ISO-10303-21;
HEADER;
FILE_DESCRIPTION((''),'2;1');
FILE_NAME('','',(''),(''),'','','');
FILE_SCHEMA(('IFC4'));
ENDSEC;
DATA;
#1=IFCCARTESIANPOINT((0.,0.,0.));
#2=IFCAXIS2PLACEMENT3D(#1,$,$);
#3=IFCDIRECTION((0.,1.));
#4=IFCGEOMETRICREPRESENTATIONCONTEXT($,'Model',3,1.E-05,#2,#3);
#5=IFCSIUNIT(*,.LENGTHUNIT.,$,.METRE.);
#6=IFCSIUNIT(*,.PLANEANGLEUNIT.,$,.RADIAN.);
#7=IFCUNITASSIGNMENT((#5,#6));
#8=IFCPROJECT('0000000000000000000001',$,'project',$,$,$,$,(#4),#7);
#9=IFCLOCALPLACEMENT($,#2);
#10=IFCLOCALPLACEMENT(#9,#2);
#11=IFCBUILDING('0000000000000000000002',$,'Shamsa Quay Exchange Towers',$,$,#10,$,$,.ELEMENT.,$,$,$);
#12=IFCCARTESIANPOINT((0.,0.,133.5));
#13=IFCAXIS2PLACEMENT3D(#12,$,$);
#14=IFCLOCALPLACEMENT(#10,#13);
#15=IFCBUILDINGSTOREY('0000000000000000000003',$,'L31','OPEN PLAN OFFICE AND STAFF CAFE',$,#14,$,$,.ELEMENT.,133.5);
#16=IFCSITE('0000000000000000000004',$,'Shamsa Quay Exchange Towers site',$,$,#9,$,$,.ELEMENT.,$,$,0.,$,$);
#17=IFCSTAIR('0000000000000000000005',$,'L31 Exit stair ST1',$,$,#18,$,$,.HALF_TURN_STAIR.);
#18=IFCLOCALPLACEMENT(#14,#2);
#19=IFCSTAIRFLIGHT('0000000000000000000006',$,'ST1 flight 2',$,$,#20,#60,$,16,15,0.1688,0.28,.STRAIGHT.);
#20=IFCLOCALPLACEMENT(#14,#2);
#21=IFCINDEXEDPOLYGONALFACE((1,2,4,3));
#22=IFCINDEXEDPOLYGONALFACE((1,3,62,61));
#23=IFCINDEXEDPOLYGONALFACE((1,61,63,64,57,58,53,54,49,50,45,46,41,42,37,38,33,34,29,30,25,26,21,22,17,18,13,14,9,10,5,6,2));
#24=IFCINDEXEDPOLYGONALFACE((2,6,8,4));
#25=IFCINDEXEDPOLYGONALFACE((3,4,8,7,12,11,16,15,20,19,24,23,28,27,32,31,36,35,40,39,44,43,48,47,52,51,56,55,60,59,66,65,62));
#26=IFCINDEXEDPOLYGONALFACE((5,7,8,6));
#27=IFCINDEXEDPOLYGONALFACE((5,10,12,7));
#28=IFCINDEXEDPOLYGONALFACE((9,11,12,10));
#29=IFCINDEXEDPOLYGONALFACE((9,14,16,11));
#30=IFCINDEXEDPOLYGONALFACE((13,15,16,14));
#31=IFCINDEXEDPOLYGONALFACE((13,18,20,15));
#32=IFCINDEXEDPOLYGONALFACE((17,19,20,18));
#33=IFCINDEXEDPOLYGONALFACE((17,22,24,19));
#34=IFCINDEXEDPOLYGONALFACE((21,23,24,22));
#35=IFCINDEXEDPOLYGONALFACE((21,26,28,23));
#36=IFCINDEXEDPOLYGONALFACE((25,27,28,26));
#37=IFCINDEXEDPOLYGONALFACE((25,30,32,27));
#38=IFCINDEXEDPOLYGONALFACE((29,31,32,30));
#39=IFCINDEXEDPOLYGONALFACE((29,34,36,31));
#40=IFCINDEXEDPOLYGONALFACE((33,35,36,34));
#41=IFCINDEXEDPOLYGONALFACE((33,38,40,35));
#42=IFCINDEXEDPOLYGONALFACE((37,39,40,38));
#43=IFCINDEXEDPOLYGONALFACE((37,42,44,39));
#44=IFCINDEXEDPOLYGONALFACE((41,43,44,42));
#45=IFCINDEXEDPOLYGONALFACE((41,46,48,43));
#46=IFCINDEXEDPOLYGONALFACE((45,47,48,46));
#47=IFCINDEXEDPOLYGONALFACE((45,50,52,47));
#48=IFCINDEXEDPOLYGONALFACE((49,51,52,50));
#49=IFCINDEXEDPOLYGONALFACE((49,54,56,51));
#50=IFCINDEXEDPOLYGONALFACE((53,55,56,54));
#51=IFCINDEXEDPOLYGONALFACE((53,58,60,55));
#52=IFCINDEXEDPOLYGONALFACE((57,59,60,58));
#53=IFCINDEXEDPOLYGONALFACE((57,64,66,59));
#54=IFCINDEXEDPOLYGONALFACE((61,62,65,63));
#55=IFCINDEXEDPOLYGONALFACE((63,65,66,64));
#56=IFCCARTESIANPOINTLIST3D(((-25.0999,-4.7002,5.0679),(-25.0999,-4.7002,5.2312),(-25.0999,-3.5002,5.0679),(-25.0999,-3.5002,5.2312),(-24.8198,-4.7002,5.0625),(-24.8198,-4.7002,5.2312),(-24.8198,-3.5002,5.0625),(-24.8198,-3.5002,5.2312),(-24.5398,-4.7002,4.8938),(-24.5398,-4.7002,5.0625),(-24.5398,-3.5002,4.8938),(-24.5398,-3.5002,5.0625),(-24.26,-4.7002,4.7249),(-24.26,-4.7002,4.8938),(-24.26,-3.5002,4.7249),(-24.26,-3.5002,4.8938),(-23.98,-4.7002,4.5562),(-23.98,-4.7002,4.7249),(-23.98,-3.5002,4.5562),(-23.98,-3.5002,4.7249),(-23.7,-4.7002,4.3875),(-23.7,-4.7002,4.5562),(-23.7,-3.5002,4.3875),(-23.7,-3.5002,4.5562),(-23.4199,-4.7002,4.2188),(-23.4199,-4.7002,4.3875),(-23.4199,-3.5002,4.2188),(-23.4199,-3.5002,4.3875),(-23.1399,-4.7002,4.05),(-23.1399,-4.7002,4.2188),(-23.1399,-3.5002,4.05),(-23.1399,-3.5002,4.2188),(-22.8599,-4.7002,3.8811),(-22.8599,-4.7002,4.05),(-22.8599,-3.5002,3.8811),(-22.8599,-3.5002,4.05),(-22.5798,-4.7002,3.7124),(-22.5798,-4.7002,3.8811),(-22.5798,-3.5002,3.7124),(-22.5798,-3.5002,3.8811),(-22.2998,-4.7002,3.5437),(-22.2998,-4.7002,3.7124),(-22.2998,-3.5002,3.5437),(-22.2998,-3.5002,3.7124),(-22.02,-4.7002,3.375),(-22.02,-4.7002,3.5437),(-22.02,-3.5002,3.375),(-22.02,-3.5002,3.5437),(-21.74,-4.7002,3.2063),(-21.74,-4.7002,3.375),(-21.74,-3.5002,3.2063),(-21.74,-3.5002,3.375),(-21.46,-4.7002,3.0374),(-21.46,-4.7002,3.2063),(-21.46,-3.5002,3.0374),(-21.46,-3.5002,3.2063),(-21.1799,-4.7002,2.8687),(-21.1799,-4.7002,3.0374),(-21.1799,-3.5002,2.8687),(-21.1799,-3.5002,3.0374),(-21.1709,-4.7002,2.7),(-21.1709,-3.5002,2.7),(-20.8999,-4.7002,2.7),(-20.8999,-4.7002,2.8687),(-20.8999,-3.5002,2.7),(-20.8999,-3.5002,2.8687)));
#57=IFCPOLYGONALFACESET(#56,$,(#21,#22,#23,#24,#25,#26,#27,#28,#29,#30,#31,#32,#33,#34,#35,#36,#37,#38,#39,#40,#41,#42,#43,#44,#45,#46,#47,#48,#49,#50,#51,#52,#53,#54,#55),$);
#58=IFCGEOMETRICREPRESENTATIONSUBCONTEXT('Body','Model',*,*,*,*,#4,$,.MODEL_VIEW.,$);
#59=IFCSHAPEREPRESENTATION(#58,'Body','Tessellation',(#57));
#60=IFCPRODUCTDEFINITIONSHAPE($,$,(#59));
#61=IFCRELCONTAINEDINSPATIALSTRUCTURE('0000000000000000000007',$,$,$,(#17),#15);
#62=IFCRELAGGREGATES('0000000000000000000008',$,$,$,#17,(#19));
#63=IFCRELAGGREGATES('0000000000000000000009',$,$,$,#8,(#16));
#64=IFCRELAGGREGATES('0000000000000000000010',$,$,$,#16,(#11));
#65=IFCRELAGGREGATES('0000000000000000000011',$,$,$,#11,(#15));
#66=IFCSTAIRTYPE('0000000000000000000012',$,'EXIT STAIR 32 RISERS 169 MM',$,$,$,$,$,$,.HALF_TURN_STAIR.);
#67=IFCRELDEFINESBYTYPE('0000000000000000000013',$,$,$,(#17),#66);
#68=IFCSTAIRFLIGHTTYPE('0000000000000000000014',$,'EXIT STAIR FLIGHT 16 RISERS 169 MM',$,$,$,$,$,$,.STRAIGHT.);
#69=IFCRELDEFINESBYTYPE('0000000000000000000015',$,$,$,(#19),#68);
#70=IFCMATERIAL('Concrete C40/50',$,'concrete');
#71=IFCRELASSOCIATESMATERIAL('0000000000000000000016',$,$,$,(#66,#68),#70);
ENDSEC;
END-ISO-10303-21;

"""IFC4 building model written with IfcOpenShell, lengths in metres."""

from ifc_helpers import new_model, si_unit, direction, frame, origin, place, context, subcontext, project, spatial, polyline, outline, extrude, material, type_object, element, aggregate, save


model = new_model("IFC4")

# Units and contexts
model_context = context("Model", 3, precision=1e-05, world=origin(), true_north=direction((0.0, 1.0)))
body_context = subcontext(model_context, "Body", "Model", "MODEL_VIEW")
ifc_project = project(units=[si_unit("LENGTHUNIT", "METRE"), si_unit("PLANEANGLEUNIT", "RADIAN")], contexts=[model_context])

# Site, building, storey
site_placement = place(None, origin())
site = spatial("IfcSite", under=ifc_project, at=site_placement, Name="Shamsa Quay Exchange Towers site", CompositionType="ELEMENT", RefElevation=0.0)
building_placement = place(site_placement, origin())
building = spatial("IfcBuilding", under=site, at=building_placement, Name="Shamsa Quay Exchange Towers", CompositionType="ELEMENT")
storey_placement = place(building_placement, frame((0.0, 0.0, 133.5)))
storey = spatial("IfcBuildingStorey", under=building, at=storey_placement, Name="L31", Description="OPEN PLAN OFFICE AND STAFF CAFE", CompositionType="ELEMENT", Elevation=133.5)

# Stair, stair flight
ifc_material_1 = material(Name="Concrete C40/50", Category="concrete")
stair_type = type_object("IfcStairType", Name="EXIT STAIR 32 RISERS 169 MM", PredefinedType="HALF_TURN_STAIR", material=ifc_material_1)
stair_placement = place(storey_placement, origin())
stair = element("IfcStair", 1, at=stair_placement, inside=storey, type_object=stair_type, Name="L31 Exit stair ST1", PredefinedType="HALF_TURN_STAIR")
stair_flight_type = type_object("IfcStairFlightType", Name="EXIT STAIR FLIGHT 16 RISERS 169 MM", PredefinedType="STRAIGHT", material=ifc_material_1)
stair_flight_1_placement = place(storey_placement, frame((-20.8999, -4.1001, 2.7), z_axis=(0.0, 0.0, 1.0), x_axis=(-1.0, 0.0, 0.0)))
stair_flight_1 = element("IfcStairFlight", 2, at=stair_flight_1_placement, type_object=stair_flight_type, Name="ST1 flight 2", NumberOfRisers=16, NumberOfTreads=15, PredefinedType="STRAIGHT", RiserHeight=0.1688, TreadLength=0.28, context=body_context, shape_type="SweptSolid", body=[
    extrude(outline(polyline([(0.0, 0.0), (0.0, 0.1687), (0.28, 0.1687), (0.28, 0.3374), (0.5601, 0.3374), (0.5601, 0.5063), (0.8401, 0.5063), (0.8401, 0.675), (1.1201, 0.675), (1.1201, 0.8438), (1.3999, 0.8438), (1.3999, 1.0125), (1.6799, 1.0125), (1.6799, 1.1812), (1.96, 1.1812), (1.96, 1.3501), (2.24, 1.3501), (2.24, 1.5188), (2.52, 1.5188), (2.52, 1.6875), (2.8, 1.6875), (2.8, 1.8562), (3.0801, 1.8562), (3.0801, 2.0249), (3.3601, 2.0249), (3.3601, 2.1938), (3.6399, 2.1938), (3.6399, 2.3625), (3.9199, 2.3625), (3.9199, 2.5312), (4.2, 2.5312), (4.2, 2.7), (4.2, 2.3679), (0.271, 0.0), (0.0, 0.0)])), frame((0.0, 0.6001, 0.0), z_axis=(0.0, -1.0, 0.0), x_axis=(1.0, 0.0, 0.0)), (0.0, 0.0, 1.0), 1.2),
])
aggregate(stair, [stair_flight_1])

save(model, "model.ifc")
